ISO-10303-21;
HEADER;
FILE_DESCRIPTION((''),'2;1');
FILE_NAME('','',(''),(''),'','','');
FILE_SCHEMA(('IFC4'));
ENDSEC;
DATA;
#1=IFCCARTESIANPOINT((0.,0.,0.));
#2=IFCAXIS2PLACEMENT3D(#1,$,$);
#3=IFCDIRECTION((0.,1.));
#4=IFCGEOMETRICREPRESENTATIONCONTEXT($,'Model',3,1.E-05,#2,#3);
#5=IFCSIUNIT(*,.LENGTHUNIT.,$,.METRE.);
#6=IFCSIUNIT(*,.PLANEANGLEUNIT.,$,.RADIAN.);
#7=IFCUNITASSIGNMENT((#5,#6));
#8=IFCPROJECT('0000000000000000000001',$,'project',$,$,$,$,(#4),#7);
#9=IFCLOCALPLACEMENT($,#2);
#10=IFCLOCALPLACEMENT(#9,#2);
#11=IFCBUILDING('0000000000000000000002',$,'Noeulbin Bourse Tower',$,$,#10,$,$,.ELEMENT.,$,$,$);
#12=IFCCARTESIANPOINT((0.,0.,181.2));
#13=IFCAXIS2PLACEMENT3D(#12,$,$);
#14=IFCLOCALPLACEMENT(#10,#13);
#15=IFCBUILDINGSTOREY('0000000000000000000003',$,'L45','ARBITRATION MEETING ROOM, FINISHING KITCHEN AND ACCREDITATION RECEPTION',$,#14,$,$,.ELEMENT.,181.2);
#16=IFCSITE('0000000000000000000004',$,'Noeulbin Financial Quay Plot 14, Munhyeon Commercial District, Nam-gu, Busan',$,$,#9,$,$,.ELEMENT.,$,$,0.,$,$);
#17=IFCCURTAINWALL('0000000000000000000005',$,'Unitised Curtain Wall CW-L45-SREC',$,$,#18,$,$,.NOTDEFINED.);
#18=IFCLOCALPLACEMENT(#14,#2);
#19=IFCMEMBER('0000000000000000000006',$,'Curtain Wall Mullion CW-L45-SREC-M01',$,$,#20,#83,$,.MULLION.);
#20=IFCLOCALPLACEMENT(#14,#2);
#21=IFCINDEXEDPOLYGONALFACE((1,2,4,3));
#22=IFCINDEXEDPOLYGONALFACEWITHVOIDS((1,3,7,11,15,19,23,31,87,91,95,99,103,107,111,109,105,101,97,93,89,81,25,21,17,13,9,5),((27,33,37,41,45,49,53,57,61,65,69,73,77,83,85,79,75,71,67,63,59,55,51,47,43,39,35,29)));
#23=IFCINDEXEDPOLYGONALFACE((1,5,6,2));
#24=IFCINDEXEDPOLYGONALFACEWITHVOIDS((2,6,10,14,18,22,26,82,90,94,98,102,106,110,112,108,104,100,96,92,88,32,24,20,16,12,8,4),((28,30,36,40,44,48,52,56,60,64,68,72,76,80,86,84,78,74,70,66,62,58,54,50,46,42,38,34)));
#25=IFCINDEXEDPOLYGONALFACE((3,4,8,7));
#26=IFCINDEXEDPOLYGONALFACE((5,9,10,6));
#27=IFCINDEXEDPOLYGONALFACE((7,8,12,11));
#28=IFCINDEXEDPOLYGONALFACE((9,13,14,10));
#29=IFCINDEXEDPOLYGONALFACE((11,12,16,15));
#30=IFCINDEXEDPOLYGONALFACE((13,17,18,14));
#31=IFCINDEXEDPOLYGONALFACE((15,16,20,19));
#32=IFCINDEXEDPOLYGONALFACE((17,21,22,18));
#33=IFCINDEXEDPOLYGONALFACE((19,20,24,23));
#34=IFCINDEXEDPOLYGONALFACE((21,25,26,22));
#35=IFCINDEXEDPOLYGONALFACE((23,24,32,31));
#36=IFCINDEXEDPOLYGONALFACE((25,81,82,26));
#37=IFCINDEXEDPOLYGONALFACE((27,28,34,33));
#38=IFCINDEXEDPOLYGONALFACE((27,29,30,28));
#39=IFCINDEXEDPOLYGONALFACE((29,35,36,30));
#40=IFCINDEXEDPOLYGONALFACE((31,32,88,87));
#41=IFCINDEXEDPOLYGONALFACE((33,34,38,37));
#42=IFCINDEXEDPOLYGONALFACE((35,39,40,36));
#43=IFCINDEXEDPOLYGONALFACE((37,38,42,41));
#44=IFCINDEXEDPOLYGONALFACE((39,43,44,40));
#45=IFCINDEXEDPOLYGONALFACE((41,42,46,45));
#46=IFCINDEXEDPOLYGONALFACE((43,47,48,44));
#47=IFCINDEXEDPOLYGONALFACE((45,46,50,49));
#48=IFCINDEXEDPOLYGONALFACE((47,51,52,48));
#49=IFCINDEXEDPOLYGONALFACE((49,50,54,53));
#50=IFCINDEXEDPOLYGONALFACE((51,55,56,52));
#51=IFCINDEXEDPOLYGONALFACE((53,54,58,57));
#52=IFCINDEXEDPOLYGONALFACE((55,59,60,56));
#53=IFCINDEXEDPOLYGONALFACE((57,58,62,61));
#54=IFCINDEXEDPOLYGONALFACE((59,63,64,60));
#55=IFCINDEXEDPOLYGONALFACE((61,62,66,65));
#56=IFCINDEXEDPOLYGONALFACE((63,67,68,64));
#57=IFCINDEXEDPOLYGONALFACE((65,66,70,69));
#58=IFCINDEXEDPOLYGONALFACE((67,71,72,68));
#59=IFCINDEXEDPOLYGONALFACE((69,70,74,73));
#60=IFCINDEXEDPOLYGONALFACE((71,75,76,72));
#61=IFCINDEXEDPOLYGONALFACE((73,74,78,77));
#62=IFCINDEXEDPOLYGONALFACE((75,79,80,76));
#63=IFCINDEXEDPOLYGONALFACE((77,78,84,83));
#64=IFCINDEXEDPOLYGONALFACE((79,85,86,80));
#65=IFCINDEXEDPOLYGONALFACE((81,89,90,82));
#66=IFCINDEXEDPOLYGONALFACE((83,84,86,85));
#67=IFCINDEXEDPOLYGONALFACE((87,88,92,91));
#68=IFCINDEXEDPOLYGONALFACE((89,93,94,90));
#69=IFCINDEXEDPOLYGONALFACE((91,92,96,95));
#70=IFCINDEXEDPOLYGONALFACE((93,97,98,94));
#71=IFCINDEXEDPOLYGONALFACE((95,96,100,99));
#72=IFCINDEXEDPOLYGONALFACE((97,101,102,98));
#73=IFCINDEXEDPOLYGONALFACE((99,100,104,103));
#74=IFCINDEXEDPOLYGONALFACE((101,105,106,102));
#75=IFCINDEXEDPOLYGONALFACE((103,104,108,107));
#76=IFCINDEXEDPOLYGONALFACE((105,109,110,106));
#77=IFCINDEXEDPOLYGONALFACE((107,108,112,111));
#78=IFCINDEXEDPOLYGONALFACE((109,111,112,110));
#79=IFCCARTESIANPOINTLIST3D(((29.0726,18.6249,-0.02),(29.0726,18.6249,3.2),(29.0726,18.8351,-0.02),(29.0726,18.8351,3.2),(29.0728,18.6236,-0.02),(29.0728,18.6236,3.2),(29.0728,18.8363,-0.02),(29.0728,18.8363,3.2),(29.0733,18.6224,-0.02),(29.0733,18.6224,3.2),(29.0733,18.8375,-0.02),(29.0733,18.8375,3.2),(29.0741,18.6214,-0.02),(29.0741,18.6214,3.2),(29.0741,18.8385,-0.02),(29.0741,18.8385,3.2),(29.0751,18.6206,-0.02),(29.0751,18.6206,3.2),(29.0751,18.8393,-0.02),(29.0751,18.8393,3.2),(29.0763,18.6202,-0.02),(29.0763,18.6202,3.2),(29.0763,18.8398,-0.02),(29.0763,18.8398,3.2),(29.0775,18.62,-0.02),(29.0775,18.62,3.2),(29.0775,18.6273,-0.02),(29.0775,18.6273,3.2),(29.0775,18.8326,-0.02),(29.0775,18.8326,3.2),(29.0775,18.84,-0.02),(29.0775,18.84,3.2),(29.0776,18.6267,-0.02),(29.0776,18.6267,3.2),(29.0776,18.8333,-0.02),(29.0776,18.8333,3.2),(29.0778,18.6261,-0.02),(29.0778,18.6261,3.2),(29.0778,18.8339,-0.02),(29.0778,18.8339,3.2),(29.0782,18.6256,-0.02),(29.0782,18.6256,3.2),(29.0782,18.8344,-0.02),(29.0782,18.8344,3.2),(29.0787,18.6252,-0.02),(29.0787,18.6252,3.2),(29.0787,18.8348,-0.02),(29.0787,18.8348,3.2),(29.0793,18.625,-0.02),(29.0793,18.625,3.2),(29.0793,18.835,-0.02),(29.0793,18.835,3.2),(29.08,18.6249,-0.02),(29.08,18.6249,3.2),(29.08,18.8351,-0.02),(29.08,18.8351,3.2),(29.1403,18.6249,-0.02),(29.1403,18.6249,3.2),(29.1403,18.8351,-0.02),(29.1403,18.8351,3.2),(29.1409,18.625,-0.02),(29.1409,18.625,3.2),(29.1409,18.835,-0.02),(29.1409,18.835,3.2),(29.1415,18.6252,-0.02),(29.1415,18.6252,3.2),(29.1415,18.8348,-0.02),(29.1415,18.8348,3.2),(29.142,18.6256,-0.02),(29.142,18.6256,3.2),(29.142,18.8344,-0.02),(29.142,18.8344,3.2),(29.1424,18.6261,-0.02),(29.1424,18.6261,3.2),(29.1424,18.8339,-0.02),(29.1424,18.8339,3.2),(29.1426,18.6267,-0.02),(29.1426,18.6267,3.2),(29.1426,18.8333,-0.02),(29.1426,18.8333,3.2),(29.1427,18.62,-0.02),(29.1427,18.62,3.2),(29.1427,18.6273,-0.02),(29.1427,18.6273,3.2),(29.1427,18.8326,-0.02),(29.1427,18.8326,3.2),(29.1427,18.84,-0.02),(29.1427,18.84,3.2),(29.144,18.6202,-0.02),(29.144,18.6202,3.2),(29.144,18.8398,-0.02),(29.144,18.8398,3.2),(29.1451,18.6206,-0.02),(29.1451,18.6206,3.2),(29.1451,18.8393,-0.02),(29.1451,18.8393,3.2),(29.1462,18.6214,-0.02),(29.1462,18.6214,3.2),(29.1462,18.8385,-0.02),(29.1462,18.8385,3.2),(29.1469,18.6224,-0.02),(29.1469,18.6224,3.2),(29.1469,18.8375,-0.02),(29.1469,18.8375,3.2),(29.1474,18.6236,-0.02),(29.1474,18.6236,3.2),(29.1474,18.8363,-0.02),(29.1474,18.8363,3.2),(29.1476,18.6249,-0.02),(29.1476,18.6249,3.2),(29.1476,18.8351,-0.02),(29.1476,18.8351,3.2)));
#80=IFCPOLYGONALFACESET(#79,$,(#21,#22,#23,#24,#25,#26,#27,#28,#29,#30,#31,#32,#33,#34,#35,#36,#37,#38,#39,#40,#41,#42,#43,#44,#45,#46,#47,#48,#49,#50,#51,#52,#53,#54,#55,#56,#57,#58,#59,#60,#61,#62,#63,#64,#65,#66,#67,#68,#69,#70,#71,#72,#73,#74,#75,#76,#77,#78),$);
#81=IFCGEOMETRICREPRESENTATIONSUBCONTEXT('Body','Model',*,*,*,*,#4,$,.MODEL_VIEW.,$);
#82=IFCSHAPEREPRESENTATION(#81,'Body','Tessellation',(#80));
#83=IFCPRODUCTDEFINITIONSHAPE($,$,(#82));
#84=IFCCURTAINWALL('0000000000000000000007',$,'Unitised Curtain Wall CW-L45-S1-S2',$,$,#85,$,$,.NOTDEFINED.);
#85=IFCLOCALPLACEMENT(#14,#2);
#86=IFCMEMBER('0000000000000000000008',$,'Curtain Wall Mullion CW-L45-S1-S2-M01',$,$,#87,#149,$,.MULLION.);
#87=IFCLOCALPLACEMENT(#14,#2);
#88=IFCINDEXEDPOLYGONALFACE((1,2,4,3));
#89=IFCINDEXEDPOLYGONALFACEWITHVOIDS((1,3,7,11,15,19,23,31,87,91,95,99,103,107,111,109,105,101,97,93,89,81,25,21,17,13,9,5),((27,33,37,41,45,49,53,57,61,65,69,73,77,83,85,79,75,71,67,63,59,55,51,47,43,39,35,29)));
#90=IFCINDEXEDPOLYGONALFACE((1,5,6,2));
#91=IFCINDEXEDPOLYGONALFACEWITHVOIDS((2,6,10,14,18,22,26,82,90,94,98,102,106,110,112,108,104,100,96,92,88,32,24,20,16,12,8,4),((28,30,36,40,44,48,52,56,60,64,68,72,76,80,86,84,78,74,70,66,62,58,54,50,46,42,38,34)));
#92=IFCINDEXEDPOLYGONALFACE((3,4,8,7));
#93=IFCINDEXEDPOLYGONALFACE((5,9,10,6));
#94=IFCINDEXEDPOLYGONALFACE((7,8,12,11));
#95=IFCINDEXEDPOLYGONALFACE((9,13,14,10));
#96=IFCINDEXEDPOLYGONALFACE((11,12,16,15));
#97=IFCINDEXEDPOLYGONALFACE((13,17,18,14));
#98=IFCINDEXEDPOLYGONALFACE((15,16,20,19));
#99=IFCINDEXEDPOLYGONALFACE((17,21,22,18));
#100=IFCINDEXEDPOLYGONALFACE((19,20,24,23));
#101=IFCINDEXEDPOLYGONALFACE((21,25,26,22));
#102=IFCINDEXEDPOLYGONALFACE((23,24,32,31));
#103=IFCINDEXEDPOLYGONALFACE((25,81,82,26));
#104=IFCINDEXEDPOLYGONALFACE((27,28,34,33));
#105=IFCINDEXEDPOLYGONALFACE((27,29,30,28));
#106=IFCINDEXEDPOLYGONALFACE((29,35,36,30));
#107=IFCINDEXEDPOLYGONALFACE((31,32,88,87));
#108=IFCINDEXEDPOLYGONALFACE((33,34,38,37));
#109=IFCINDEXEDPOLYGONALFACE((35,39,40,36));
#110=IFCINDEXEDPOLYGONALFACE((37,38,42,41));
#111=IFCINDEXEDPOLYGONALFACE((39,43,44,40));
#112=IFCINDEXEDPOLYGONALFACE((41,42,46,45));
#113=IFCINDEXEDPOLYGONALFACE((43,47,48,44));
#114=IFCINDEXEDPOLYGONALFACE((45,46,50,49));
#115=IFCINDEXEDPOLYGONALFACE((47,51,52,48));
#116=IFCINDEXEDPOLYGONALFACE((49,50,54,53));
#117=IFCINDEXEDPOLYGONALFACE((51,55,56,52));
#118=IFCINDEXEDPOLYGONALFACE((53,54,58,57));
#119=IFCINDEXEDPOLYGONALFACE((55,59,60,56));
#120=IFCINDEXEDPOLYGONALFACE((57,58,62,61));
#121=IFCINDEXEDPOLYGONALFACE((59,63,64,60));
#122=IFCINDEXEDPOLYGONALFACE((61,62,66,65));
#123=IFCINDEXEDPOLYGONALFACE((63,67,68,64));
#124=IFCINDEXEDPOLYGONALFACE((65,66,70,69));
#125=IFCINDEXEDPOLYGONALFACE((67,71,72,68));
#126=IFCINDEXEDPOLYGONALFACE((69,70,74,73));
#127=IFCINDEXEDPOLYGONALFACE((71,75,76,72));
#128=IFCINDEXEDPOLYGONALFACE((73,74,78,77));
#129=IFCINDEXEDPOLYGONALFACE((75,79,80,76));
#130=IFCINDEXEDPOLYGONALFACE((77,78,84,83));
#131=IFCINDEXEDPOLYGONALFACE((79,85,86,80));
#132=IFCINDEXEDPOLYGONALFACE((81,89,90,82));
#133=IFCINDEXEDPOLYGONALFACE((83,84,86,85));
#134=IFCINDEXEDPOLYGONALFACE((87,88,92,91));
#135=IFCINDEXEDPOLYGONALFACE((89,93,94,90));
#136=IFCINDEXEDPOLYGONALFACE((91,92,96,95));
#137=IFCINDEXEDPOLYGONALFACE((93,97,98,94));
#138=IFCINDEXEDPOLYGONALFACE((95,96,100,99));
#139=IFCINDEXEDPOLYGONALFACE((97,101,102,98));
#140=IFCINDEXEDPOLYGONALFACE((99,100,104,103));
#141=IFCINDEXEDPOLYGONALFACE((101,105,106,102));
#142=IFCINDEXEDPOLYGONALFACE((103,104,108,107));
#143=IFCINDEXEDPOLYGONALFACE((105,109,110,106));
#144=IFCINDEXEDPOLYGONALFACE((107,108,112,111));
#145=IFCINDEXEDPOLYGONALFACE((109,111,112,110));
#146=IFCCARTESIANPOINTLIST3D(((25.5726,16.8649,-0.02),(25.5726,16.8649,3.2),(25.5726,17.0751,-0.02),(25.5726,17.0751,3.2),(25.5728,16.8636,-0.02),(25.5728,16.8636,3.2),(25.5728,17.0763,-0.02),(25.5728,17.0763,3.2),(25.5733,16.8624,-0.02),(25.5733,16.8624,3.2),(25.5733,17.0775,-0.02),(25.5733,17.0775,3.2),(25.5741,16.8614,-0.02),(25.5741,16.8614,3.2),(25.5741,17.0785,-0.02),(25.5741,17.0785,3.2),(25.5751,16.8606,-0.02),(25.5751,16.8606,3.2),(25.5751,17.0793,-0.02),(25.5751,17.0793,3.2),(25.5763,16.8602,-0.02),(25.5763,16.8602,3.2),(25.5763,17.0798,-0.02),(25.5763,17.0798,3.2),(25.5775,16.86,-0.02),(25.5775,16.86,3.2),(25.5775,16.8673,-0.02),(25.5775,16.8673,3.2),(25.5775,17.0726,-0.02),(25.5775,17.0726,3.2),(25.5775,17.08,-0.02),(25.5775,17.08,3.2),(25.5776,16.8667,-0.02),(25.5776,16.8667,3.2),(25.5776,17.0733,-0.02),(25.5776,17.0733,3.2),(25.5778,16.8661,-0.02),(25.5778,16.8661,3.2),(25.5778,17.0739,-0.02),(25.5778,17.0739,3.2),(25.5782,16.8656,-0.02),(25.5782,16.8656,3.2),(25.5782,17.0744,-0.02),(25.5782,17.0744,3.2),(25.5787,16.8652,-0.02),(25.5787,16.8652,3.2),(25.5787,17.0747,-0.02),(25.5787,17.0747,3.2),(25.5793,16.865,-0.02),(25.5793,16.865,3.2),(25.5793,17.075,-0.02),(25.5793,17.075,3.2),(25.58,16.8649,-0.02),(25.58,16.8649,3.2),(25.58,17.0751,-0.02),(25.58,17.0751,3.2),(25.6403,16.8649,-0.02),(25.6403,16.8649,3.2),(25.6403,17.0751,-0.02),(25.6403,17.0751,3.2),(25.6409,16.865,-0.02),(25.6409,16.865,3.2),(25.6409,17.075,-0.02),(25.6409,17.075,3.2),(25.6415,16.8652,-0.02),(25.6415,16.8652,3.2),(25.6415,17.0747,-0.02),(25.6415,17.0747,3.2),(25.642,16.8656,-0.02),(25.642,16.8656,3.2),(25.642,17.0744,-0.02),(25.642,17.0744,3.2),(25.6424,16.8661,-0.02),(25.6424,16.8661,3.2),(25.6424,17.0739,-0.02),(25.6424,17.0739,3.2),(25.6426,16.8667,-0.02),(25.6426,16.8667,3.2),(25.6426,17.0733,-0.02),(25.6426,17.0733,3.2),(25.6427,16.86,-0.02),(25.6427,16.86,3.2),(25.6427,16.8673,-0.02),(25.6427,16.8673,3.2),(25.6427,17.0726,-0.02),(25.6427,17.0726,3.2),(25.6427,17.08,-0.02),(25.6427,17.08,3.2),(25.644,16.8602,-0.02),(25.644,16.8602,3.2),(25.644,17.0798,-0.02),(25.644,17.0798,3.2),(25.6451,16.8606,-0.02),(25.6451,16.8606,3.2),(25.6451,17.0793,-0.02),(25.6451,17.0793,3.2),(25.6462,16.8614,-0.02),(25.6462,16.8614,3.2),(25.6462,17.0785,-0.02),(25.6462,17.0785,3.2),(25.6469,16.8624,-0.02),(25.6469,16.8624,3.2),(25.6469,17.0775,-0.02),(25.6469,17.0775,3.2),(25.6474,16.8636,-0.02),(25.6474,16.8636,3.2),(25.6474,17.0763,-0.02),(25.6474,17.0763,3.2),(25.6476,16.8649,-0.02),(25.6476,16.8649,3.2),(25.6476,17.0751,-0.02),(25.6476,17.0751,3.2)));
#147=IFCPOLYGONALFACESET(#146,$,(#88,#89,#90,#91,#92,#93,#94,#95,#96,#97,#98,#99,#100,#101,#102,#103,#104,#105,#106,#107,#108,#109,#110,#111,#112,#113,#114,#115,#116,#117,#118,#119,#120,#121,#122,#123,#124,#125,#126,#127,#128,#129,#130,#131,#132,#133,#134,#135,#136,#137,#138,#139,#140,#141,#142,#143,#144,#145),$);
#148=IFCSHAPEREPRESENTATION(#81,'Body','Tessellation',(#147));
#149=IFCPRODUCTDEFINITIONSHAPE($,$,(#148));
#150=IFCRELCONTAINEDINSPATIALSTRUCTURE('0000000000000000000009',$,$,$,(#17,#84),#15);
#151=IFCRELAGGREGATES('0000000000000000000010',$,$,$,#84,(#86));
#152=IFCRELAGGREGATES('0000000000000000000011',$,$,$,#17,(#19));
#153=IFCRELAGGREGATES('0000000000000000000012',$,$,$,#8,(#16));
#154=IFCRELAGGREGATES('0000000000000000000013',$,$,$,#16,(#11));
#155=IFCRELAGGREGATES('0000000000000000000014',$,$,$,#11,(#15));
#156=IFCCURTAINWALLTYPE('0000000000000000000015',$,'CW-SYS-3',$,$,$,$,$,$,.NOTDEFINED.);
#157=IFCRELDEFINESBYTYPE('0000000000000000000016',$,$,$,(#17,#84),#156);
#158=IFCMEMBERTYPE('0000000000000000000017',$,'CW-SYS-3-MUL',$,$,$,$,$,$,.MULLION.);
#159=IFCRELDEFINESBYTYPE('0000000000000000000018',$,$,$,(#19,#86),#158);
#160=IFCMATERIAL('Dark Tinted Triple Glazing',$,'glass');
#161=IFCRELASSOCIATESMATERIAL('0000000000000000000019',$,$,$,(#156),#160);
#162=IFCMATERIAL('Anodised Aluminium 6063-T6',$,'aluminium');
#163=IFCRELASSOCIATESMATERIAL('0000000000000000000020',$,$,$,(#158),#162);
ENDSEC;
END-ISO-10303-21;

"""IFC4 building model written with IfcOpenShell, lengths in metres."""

from ifc_helpers import new_model, si_unit, direction, frame, origin, origin_2d, place, context, subcontext, project, spatial, hollow_rectangle, extrude, material, material_profile, profile_set, type_object, element, aggregate, save


model = new_model("IFC4")

# Units and contexts
model_context = context("Model", 3, precision=1e-05, world=origin(), true_north=direction((0.0, 1.0)))
body_context = subcontext(model_context, "Body", "Model", "MODEL_VIEW")
ifc_project = project(units=[si_unit("LENGTHUNIT", "METRE"), si_unit("PLANEANGLEUNIT", "RADIAN")], contexts=[model_context])

# Site, building, storey
site_placement = place(None, origin())
site = spatial("IfcSite", under=ifc_project, at=site_placement, Name="Noeulbin Financial Quay Plot 14, Munhyeon Commercial District, Nam-gu, Busan", CompositionType="ELEMENT", RefElevation=0.0)
building_placement = place(site_placement, origin())
building = spatial("IfcBuilding", under=site, at=building_placement, Name="Noeulbin Bourse Tower", CompositionType="ELEMENT")
storey_placement = place(building_placement, frame((0.0, 0.0, 181.2)))
storey = spatial("IfcBuildingStorey", under=building, at=storey_placement, Name="L45", Description="ARBITRATION MEETING ROOM, FINISHING KITCHEN AND ACCREDITATION RECEPTION", CompositionType="ELEMENT", Elevation=181.2)

# Curtain wall, member
ifc_material_1 = material(Name="Dark Tinted Triple Glazing", Category="glass")
curtain_wall_type = type_object("IfcCurtainWallType", Name="CW-SYS-3", PredefinedType="NOTDEFINED", material=ifc_material_1)
curtain_wall_1_placement = place(storey_placement, origin())
curtain_wall_1 = element("IfcCurtainWall", 1, at=curtain_wall_1_placement, inside=storey, type_object=curtain_wall_type, Name="Unitised Curtain Wall CW-L45-SREC", PredefinedType="NOTDEFINED")
ifc_material_2 = material(Name="Anodised Aluminium 6063-T6", Category="aluminium")
ifc_material_profile_1 = material_profile(ifc_material_2, hollow_rectangle(XDim=0.075, YDim=0.22, WallThickness=0.0049, InnerFilletRadius=0.0024, OuterFilletRadius=0.0049, at=origin_2d()), Name="ALU-MULL-75x220x5", Category="LoadBearing")
ifc_profile_set_1 = profile_set([ifc_material_profile_1], Name="Anodised Aluminium 6063-T6")
member_type_1 = type_object("IfcMemberType", Name="CW-SYS-3-MUL", PredefinedType="MULLION", material=ifc_profile_set_1)
member_1_placement = place(storey_placement, frame((29.1101, 18.73, -0.02), z_axis=(0.0, 0.0, 1.0), x_axis=(1.0, 0.0, 0.0)))
member_1 = element("IfcMember", 2, at=member_1_placement, type_object=member_type_1, Name="Curtain Wall Mullion CW-L45-SREC-M01", PredefinedType="MULLION", context=body_context, shape_type="SweptSolid", body=[
    extrude(hollow_rectangle(XDim=0.075, YDim=0.22, WallThickness=0.0049, InnerFilletRadius=0.0024, OuterFilletRadius=0.0049, at=origin_2d()), origin(), (0.0, 0.0, 1.0), 3.22),
])

# Curtain wall, member
curtain_wall_2_placement = place(storey_placement, origin())
curtain_wall_2 = element("IfcCurtainWall", 3, at=curtain_wall_2_placement, inside=storey, type_object=curtain_wall_type, Name="Unitised Curtain Wall CW-L45-S1-S2", PredefinedType="NOTDEFINED")
member_2_placement = place(storey_placement, frame((25.6101, 16.97, -0.02), z_axis=(0.0, 0.0, 1.0), x_axis=(1.0, 0.0, 0.0)))
member_2 = element("IfcMember", 4, at=member_2_placement, type_object=member_type_1, Name="Curtain Wall Mullion CW-L45-S1-S2-M01", PredefinedType="MULLION", context=body_context, shape_type="SweptSolid", body=[
    extrude(hollow_rectangle(XDim=0.075, YDim=0.22, WallThickness=0.0049, InnerFilletRadius=0.0024, OuterFilletRadius=0.0049, at=origin_2d()), origin(), (0.0, 0.0, 1.0), 3.22),
])
aggregate(curtain_wall_2, [member_2])

aggregate(curtain_wall_1, [member_1])

save(model, "model.ifc")
